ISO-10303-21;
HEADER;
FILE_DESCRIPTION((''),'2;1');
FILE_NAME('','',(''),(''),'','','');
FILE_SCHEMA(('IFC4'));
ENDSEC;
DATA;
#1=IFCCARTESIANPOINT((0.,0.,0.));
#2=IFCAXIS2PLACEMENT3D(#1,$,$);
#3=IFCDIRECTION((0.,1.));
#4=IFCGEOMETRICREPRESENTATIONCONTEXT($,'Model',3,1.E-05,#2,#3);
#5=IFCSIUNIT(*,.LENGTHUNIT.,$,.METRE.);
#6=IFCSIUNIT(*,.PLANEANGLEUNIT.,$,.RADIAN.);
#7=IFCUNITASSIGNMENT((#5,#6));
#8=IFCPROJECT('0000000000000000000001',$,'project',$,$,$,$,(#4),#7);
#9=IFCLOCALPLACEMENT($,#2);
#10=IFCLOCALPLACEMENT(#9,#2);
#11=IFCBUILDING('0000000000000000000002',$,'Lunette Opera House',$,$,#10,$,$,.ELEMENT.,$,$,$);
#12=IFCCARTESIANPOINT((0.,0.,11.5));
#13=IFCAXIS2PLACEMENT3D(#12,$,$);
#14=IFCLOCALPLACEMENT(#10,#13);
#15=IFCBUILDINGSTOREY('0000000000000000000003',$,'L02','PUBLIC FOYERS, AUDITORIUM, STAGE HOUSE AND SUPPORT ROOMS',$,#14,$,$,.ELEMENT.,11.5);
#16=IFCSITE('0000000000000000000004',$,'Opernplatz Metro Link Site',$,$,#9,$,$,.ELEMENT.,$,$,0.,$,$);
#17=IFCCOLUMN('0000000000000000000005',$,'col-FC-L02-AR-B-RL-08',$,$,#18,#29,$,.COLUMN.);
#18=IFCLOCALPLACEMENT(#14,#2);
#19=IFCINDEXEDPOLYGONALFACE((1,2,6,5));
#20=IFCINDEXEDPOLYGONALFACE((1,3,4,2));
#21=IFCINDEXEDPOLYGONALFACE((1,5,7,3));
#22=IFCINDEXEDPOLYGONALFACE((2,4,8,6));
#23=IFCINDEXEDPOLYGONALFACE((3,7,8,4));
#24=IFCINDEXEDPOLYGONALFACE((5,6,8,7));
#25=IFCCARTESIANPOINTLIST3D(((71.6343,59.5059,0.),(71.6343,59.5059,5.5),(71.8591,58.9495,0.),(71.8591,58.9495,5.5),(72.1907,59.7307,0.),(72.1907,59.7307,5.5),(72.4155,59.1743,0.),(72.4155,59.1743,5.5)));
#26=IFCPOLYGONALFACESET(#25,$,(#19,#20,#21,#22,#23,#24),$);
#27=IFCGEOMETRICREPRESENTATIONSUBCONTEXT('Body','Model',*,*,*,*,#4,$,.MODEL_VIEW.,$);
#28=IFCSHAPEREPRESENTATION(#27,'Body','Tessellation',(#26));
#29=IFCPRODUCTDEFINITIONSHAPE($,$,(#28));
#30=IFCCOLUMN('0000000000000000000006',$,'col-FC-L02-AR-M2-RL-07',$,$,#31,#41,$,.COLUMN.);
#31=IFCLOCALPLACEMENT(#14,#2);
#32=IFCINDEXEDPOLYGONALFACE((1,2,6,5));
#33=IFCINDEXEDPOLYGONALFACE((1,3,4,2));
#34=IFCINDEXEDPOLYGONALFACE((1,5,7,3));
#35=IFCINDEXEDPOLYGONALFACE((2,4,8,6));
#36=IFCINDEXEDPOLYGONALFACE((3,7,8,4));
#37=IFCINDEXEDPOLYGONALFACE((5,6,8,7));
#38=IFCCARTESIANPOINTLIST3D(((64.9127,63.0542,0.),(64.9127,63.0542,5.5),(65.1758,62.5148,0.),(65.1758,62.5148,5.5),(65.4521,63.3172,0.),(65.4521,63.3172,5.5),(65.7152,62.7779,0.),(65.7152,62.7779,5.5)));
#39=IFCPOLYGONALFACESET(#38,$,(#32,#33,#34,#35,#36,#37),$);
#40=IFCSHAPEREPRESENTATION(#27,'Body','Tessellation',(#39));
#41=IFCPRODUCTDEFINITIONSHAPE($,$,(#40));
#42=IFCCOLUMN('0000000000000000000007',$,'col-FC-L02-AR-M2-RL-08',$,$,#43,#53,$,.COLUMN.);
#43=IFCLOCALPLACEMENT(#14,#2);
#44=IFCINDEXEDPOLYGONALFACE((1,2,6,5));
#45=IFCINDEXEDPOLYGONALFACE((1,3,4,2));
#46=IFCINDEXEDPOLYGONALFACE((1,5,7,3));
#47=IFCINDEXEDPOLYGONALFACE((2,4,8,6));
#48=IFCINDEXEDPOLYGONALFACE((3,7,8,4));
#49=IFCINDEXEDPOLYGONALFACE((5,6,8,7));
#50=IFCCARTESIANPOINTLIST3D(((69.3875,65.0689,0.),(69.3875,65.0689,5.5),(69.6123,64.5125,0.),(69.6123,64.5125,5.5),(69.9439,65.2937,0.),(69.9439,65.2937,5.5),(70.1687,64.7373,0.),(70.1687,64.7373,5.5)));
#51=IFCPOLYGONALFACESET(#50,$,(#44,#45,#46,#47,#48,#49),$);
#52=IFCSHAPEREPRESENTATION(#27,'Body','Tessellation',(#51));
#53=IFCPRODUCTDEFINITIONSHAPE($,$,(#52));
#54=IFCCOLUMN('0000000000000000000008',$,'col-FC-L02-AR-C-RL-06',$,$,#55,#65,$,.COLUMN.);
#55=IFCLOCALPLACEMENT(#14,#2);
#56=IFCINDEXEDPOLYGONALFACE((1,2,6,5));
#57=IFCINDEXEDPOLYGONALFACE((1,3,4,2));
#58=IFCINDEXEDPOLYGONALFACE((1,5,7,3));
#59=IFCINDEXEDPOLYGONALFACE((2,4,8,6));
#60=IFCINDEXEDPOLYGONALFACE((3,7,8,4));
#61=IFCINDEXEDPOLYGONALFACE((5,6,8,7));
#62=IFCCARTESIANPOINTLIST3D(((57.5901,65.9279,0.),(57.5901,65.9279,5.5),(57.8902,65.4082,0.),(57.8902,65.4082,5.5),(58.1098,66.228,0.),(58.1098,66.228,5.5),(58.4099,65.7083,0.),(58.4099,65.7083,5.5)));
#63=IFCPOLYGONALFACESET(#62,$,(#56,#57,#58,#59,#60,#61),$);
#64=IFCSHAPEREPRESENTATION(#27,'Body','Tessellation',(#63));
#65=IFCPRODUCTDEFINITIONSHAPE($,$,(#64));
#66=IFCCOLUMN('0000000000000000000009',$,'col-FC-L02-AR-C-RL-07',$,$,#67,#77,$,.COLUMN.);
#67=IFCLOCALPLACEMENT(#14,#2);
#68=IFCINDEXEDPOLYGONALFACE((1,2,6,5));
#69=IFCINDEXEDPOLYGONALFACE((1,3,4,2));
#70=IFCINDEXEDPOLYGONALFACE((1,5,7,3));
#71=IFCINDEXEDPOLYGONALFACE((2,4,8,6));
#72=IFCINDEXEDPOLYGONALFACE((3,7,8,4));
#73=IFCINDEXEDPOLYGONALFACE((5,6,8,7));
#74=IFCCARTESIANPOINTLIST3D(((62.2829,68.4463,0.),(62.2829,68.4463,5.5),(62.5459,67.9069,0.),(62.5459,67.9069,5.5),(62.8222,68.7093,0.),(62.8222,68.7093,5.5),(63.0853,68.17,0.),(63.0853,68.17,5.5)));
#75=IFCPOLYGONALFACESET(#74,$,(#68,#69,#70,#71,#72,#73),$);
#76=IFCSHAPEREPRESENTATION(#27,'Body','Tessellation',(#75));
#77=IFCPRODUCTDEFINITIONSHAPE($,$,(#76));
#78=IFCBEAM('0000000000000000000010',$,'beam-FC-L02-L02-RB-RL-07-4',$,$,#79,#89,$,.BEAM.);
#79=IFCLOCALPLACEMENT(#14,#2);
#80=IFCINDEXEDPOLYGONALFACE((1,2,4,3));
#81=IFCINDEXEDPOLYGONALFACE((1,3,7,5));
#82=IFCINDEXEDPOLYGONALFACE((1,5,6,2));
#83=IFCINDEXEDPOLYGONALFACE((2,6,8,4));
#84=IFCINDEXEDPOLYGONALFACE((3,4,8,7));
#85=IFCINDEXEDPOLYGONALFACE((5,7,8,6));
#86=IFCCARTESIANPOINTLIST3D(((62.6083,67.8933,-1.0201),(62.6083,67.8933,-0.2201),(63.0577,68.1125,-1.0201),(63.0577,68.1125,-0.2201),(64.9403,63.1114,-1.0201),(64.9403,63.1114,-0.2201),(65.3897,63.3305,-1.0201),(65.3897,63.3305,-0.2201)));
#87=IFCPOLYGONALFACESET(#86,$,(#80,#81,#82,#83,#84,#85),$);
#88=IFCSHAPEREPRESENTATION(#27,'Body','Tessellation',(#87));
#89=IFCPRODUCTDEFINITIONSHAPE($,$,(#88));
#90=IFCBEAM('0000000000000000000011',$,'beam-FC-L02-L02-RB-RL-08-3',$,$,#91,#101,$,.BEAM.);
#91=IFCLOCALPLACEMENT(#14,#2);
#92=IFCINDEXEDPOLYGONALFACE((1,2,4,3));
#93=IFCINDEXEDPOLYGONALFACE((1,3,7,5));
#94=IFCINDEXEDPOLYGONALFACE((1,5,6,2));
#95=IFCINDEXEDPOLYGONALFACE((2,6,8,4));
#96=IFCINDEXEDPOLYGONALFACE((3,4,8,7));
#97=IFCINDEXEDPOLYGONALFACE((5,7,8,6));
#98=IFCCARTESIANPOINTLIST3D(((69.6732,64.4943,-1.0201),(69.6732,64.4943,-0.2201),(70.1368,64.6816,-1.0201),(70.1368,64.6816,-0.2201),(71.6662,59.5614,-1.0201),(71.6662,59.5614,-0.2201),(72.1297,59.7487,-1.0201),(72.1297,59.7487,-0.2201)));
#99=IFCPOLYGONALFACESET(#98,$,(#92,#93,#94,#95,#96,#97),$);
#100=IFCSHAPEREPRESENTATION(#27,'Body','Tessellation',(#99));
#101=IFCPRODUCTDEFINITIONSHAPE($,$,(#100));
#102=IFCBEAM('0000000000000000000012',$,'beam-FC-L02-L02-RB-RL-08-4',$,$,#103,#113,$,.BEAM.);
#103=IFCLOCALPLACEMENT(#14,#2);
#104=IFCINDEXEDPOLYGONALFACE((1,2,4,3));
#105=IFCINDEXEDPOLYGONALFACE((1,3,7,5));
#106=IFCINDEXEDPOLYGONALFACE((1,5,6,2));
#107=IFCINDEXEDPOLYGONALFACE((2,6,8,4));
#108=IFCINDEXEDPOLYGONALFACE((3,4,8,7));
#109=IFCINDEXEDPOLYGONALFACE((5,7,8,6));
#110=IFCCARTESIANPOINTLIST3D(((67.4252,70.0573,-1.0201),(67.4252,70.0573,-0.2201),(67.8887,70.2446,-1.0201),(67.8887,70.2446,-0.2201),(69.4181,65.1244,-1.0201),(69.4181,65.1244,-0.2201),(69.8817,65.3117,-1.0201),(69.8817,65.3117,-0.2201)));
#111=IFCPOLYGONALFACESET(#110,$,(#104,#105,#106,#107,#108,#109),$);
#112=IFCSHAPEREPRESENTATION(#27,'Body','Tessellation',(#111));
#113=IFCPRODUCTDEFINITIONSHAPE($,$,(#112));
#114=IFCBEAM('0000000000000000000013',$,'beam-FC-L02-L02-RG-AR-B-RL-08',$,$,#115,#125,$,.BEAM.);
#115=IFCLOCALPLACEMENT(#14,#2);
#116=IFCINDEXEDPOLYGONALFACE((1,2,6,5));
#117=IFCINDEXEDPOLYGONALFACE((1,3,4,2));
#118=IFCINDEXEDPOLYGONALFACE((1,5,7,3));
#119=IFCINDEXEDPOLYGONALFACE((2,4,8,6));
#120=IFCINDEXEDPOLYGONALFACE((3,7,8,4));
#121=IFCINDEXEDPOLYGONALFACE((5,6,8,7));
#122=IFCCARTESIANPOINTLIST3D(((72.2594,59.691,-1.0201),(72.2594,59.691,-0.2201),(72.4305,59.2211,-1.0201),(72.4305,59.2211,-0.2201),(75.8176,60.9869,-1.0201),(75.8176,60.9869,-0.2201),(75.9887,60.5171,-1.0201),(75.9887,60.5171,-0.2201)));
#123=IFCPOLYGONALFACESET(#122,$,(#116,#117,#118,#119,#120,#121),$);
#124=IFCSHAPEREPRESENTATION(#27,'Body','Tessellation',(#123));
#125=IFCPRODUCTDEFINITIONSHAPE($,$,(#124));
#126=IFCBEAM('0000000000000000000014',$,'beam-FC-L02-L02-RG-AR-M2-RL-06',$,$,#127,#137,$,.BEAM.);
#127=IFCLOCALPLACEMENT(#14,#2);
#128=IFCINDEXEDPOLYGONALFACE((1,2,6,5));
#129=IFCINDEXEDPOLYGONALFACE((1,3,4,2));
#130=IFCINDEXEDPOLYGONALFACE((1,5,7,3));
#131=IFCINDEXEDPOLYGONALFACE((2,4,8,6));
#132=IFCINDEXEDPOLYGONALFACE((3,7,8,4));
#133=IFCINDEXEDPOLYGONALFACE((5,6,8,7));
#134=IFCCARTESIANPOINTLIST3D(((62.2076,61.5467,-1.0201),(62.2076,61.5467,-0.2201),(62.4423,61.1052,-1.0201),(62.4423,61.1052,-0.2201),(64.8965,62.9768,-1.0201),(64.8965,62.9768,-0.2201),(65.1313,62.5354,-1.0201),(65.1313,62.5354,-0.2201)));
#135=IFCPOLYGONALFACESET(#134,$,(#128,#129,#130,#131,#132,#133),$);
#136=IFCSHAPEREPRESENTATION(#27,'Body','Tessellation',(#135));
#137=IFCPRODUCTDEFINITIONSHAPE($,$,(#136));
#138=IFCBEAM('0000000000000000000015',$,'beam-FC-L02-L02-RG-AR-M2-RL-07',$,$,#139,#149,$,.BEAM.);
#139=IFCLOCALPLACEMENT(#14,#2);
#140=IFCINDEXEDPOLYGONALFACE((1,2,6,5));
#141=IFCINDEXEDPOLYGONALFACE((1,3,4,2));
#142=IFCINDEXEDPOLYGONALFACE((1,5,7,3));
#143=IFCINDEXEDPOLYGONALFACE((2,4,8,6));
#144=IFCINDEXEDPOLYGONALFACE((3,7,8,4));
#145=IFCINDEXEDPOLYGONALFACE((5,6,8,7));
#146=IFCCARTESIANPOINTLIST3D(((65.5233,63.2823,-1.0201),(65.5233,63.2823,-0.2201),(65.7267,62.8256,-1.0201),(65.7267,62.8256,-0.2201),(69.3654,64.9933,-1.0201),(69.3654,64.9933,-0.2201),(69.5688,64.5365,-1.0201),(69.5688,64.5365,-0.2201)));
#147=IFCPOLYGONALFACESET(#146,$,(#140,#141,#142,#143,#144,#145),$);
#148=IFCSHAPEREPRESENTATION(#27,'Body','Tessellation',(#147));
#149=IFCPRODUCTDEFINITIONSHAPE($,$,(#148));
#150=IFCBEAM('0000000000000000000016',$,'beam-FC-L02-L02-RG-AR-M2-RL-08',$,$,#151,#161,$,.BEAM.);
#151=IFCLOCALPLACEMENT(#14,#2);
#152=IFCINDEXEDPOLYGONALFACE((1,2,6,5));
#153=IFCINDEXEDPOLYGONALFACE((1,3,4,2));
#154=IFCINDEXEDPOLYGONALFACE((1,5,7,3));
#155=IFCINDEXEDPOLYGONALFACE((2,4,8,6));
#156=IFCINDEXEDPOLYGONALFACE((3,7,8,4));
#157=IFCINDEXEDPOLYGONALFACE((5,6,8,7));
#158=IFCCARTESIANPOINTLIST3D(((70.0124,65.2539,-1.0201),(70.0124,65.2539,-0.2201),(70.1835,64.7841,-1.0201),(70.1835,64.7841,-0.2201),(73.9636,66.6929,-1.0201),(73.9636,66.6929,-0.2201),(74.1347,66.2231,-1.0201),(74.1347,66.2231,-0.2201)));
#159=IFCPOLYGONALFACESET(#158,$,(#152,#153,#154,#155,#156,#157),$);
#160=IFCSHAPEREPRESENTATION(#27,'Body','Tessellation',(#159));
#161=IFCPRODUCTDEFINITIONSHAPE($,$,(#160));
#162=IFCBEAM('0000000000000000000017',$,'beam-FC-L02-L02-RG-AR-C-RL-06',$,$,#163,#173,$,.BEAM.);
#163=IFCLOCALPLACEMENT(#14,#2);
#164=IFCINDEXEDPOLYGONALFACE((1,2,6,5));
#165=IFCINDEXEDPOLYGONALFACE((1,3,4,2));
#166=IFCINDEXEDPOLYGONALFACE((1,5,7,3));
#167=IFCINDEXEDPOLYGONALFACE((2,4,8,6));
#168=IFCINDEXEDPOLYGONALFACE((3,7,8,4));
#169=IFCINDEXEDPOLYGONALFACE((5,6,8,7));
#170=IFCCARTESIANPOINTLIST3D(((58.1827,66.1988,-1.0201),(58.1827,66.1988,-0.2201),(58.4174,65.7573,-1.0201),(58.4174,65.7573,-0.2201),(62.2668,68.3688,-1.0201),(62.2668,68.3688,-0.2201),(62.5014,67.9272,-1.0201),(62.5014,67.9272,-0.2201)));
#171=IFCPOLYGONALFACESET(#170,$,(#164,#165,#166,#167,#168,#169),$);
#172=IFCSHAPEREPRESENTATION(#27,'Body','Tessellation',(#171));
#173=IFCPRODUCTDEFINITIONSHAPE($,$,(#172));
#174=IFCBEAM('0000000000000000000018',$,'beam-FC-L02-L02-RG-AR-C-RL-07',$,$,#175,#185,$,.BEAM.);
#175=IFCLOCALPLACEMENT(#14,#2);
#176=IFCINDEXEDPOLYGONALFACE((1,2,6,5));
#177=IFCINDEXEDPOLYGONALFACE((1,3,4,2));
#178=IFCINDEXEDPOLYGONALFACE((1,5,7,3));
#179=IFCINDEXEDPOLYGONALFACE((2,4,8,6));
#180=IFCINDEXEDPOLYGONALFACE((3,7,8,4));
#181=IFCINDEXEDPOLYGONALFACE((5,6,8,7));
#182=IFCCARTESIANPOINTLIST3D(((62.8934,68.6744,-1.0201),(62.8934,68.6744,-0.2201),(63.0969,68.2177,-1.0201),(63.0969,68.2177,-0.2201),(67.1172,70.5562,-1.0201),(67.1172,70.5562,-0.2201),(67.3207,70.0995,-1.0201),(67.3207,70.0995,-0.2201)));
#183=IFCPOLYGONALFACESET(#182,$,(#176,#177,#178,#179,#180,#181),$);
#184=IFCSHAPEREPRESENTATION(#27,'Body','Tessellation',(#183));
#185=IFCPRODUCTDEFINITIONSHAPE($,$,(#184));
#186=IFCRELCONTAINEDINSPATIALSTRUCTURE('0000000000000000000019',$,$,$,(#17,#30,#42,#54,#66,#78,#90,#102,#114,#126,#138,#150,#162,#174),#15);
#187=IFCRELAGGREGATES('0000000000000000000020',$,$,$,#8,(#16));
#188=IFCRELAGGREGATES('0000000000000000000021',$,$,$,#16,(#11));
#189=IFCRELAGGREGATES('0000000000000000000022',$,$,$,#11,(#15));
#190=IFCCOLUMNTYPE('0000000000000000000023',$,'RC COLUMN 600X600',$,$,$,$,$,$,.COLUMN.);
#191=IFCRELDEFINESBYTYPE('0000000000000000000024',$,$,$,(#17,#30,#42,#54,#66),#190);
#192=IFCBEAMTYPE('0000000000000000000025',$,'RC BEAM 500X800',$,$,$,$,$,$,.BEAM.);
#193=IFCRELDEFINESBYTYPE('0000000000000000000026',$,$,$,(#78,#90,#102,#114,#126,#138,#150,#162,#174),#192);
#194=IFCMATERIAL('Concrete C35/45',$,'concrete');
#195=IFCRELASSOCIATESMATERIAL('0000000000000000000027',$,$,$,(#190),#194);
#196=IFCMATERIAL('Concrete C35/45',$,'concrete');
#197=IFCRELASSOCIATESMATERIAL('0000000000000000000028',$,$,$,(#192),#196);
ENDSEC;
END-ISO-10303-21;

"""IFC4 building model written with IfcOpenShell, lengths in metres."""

from ifc_helpers import new_model, si_unit, direction, frame, origin, origin_2d, place, context, subcontext, project, spatial, rectangle, extrude, material, material_profile, profile_set, type_object, element, save


model = new_model("IFC4")

# Units and contexts
model_context = context("Model", 3, precision=1e-05, world=origin(), true_north=direction((0.0, 1.0)))
body_context = subcontext(model_context, "Body", "Model", "MODEL_VIEW")
ifc_project = project(units=[si_unit("LENGTHUNIT", "METRE"), si_unit("PLANEANGLEUNIT", "RADIAN")], contexts=[model_context])

# Site, building, storey
site_placement = place(None, origin())
site = spatial("IfcSite", under=ifc_project, at=site_placement, Name="Opernplatz Metro Link Site", CompositionType="ELEMENT", RefElevation=0.0)
building_placement = place(site_placement, origin())
building = spatial("IfcBuilding", under=site, at=building_placement, Name="Lunette Opera House", CompositionType="ELEMENT")
storey_placement = place(building_placement, frame((0.0, 0.0, 11.5)))
storey = spatial("IfcBuildingStorey", under=building, at=storey_placement, Name="L02", Description="PUBLIC FOYERS, AUDITORIUM, STAGE HOUSE AND SUPPORT ROOMS", CompositionType="ELEMENT", Elevation=11.5)

# Columns
ifc_material_1 = material(Name="Concrete C35/45", Category="concrete")
ifc_material_profile_1 = material_profile(ifc_material_1, rectangle(XDim=0.6001, YDim=0.6001, at=origin_2d()), Name="RC COLUMN 600X600")
ifc_profile_set_1 = profile_set([ifc_material_profile_1], Name="Concrete C35/45")
column_type = type_object("IfcColumnType", Name="RC COLUMN 600X600", PredefinedType="COLUMN", material=ifc_profile_set_1)
for number, where, z_axis, x_axis, name in (
    (1, (72.0249, 59.3401, 0.0), (0.0, 0.0, 1.0), (0.927184, 0.374607, 0.0), "col-FC-L02-AR-B-RL-08"),
    (2, (65.314, 62.916, 0.0), (0.0, 0.0, 1.0), (0.898794, 0.438371, 0.0), "col-FC-L02-AR-M2-RL-07"),
    (3, (69.7781, 64.9031, 0.0), (0.0, 0.0, 1.0), (0.927184, 0.374607, 0.0), "col-FC-L02-AR-M2-RL-08"),
    (4, (58.0, 65.8181, 0.0), (0.0, 0.0, 1.0), (0.866025, 0.5, 0.0), "col-FC-L02-AR-C-RL-06"),
    (5, (62.6841, 68.3081, 0.0), (0.0, 0.0, 1.0), (0.898794, 0.438371, 0.0), "col-FC-L02-AR-C-RL-07"),
):
    element("IfcColumn", number, at=place(storey_placement, frame(where, z_axis=z_axis, x_axis=x_axis)), inside=storey, type_object=column_type, Name=name, PredefinedType="COLUMN", context=body_context, shape_type="SweptSolid", body=[
        extrude(rectangle(XDim=0.6001, YDim=0.6001, at=origin_2d()), origin(), (0.0, 0.0, 1.0), 5.5),
    ])

# Beams
ifc_material_2 = material(Name="Concrete C35/45", Category="concrete")
ifc_material_profile_2 = material_profile(ifc_material_2, rectangle(XDim=0.5, YDim=0.8, at=origin_2d()), Name="RC BEAM 500X800")
ifc_profile_set_2 = profile_set([ifc_material_profile_2], Name="Concrete C35/45")
beam_type = type_object("IfcBeamType", Name="RC BEAM 500X800", PredefinedType="BEAM", material=ifc_profile_set_2)
for number, where, z_axis, x_axis, name in (
    (6, (65.165, 63.2209, -0.6201), (-0.438326, 0.898816, 0.0), (-0.898816, -0.438326, 0.0), "beam-FC-L02-L02-RB-RL-07-4"),
    (7, (71.8979, 59.655, -0.6201), (-0.374593, 0.927189, 0.0), (-0.927189, -0.374593, 0.0), "beam-FC-L02-L02-RB-RL-08-3"),
    (8, (69.6499, 65.218, -0.6201), (-0.374593, 0.927189, 0.0), (-0.927189, -0.374593, 0.0), "beam-FC-L02-L02-RB-RL-08-4"),
):
    element("IfcBeam", number, at=place(storey_placement, frame(where, z_axis=z_axis, x_axis=x_axis)), inside=storey, type_object=beam_type, Name=name, PredefinedType="BEAM", context=body_context, shape_type="SweptSolid", body=[
        extrude(rectangle(XDim=0.5, YDim=0.8, at=origin_2d()), origin(), (0.0, 0.0, 1.0), 5.3203),
    ])
beam_1_placement = place(storey_placement, frame((72.345, 59.4561, -0.6201), z_axis=(0.93962, 0.342219, 0.0), x_axis=(-0.342219, 0.93962, 0.0)))
element("IfcBeam", 9, at=beam_1_placement, inside=storey, type_object=beam_type, Name="beam-FC-L02-L02-RG-AR-B-RL-08", PredefinedType="BEAM", context=body_context, shape_type="SweptSolid", body=[
    extrude(rectangle(XDim=0.5, YDim=0.8, at=origin_2d()), origin(), (0.0, 0.0, 1.0), 3.7869),
])
beam_2_placement = place(storey_placement, frame((62.325, 61.3259, -0.6201), z_axis=(0.882889, 0.469581, 0.0), x_axis=(-0.469581, 0.882889, 0.0)))
element("IfcBeam", 10, at=beam_2_placement, inside=storey, type_object=beam_type, Name="beam-FC-L02-L02-RG-AR-M2-RL-06", PredefinedType="BEAM", context=body_context, shape_type="SweptSolid", body=[
    extrude(rectangle(XDim=0.5, YDim=0.8, at=origin_2d()), origin(), (0.0, 0.0, 1.0), 3.0457),
])
beam_3_placement = place(storey_placement, frame((65.625, 63.054, -0.6201), z_axis=(0.913514, 0.406806, 0.0), x_axis=(-0.406806, 0.913514, 0.0)))
element("IfcBeam", 11, at=beam_3_placement, inside=storey, type_object=beam_type, Name="beam-FC-L02-L02-RG-AR-M2-RL-07", PredefinedType="BEAM", context=body_context, shape_type="SweptSolid", body=[
    extrude(rectangle(XDim=0.5, YDim=0.8, at=origin_2d()), origin(), (0.0, 0.0, 1.0), 4.2058),
])
beam_4_placement = place(storey_placement, frame((70.0979, 65.019, -0.6201), z_axis=(0.939627, 0.3422, 0.0), x_axis=(-0.3422, 0.939627, 0.0)))
element("IfcBeam", 12, at=beam_4_placement, inside=storey, type_object=beam_type, Name="beam-FC-L02-L02-RG-AR-M2-RL-08", PredefinedType="BEAM", context=body_context, shape_type="SweptSolid", body=[
    extrude(rectangle(XDim=0.5, YDim=0.8, at=origin_2d()), origin(), (0.0, 0.0, 1.0), 4.2051),
])
beam_5_placement = place(storey_placement, frame((58.3, 65.978, -0.6201), z_axis=(0.883088, 0.469207, 0.0), x_axis=(-0.469207, 0.883088, 0.0)))
element("IfcBeam", 13, at=beam_5_placement, inside=storey, type_object=beam_type, Name="beam-FC-L02-L02-RG-AR-C-RL-06", PredefinedType="BEAM", context=body_context, shape_type="SweptSolid", body=[
    extrude(rectangle(XDim=0.5, YDim=0.8, at=origin_2d()), origin(), (0.0, 0.0, 1.0), 4.6248),
])
beam_6_placement = place(storey_placement, frame((62.9951, 68.446, -0.6201), z_axis=(0.913445, 0.406961, 0.0), x_axis=(-0.406961, 0.913445, 0.0)))
element("IfcBeam", 14, at=beam_6_placement, inside=storey, type_object=beam_type, Name="beam-FC-L02-L02-RG-AR-C-RL-07", PredefinedType="BEAM", context=body_context, shape_type="SweptSolid", body=[
    extrude(rectangle(XDim=0.5, YDim=0.8, at=origin_2d()), origin(), (0.0, 0.0, 1.0), 4.624),
])

save(model, "model.ifc")
